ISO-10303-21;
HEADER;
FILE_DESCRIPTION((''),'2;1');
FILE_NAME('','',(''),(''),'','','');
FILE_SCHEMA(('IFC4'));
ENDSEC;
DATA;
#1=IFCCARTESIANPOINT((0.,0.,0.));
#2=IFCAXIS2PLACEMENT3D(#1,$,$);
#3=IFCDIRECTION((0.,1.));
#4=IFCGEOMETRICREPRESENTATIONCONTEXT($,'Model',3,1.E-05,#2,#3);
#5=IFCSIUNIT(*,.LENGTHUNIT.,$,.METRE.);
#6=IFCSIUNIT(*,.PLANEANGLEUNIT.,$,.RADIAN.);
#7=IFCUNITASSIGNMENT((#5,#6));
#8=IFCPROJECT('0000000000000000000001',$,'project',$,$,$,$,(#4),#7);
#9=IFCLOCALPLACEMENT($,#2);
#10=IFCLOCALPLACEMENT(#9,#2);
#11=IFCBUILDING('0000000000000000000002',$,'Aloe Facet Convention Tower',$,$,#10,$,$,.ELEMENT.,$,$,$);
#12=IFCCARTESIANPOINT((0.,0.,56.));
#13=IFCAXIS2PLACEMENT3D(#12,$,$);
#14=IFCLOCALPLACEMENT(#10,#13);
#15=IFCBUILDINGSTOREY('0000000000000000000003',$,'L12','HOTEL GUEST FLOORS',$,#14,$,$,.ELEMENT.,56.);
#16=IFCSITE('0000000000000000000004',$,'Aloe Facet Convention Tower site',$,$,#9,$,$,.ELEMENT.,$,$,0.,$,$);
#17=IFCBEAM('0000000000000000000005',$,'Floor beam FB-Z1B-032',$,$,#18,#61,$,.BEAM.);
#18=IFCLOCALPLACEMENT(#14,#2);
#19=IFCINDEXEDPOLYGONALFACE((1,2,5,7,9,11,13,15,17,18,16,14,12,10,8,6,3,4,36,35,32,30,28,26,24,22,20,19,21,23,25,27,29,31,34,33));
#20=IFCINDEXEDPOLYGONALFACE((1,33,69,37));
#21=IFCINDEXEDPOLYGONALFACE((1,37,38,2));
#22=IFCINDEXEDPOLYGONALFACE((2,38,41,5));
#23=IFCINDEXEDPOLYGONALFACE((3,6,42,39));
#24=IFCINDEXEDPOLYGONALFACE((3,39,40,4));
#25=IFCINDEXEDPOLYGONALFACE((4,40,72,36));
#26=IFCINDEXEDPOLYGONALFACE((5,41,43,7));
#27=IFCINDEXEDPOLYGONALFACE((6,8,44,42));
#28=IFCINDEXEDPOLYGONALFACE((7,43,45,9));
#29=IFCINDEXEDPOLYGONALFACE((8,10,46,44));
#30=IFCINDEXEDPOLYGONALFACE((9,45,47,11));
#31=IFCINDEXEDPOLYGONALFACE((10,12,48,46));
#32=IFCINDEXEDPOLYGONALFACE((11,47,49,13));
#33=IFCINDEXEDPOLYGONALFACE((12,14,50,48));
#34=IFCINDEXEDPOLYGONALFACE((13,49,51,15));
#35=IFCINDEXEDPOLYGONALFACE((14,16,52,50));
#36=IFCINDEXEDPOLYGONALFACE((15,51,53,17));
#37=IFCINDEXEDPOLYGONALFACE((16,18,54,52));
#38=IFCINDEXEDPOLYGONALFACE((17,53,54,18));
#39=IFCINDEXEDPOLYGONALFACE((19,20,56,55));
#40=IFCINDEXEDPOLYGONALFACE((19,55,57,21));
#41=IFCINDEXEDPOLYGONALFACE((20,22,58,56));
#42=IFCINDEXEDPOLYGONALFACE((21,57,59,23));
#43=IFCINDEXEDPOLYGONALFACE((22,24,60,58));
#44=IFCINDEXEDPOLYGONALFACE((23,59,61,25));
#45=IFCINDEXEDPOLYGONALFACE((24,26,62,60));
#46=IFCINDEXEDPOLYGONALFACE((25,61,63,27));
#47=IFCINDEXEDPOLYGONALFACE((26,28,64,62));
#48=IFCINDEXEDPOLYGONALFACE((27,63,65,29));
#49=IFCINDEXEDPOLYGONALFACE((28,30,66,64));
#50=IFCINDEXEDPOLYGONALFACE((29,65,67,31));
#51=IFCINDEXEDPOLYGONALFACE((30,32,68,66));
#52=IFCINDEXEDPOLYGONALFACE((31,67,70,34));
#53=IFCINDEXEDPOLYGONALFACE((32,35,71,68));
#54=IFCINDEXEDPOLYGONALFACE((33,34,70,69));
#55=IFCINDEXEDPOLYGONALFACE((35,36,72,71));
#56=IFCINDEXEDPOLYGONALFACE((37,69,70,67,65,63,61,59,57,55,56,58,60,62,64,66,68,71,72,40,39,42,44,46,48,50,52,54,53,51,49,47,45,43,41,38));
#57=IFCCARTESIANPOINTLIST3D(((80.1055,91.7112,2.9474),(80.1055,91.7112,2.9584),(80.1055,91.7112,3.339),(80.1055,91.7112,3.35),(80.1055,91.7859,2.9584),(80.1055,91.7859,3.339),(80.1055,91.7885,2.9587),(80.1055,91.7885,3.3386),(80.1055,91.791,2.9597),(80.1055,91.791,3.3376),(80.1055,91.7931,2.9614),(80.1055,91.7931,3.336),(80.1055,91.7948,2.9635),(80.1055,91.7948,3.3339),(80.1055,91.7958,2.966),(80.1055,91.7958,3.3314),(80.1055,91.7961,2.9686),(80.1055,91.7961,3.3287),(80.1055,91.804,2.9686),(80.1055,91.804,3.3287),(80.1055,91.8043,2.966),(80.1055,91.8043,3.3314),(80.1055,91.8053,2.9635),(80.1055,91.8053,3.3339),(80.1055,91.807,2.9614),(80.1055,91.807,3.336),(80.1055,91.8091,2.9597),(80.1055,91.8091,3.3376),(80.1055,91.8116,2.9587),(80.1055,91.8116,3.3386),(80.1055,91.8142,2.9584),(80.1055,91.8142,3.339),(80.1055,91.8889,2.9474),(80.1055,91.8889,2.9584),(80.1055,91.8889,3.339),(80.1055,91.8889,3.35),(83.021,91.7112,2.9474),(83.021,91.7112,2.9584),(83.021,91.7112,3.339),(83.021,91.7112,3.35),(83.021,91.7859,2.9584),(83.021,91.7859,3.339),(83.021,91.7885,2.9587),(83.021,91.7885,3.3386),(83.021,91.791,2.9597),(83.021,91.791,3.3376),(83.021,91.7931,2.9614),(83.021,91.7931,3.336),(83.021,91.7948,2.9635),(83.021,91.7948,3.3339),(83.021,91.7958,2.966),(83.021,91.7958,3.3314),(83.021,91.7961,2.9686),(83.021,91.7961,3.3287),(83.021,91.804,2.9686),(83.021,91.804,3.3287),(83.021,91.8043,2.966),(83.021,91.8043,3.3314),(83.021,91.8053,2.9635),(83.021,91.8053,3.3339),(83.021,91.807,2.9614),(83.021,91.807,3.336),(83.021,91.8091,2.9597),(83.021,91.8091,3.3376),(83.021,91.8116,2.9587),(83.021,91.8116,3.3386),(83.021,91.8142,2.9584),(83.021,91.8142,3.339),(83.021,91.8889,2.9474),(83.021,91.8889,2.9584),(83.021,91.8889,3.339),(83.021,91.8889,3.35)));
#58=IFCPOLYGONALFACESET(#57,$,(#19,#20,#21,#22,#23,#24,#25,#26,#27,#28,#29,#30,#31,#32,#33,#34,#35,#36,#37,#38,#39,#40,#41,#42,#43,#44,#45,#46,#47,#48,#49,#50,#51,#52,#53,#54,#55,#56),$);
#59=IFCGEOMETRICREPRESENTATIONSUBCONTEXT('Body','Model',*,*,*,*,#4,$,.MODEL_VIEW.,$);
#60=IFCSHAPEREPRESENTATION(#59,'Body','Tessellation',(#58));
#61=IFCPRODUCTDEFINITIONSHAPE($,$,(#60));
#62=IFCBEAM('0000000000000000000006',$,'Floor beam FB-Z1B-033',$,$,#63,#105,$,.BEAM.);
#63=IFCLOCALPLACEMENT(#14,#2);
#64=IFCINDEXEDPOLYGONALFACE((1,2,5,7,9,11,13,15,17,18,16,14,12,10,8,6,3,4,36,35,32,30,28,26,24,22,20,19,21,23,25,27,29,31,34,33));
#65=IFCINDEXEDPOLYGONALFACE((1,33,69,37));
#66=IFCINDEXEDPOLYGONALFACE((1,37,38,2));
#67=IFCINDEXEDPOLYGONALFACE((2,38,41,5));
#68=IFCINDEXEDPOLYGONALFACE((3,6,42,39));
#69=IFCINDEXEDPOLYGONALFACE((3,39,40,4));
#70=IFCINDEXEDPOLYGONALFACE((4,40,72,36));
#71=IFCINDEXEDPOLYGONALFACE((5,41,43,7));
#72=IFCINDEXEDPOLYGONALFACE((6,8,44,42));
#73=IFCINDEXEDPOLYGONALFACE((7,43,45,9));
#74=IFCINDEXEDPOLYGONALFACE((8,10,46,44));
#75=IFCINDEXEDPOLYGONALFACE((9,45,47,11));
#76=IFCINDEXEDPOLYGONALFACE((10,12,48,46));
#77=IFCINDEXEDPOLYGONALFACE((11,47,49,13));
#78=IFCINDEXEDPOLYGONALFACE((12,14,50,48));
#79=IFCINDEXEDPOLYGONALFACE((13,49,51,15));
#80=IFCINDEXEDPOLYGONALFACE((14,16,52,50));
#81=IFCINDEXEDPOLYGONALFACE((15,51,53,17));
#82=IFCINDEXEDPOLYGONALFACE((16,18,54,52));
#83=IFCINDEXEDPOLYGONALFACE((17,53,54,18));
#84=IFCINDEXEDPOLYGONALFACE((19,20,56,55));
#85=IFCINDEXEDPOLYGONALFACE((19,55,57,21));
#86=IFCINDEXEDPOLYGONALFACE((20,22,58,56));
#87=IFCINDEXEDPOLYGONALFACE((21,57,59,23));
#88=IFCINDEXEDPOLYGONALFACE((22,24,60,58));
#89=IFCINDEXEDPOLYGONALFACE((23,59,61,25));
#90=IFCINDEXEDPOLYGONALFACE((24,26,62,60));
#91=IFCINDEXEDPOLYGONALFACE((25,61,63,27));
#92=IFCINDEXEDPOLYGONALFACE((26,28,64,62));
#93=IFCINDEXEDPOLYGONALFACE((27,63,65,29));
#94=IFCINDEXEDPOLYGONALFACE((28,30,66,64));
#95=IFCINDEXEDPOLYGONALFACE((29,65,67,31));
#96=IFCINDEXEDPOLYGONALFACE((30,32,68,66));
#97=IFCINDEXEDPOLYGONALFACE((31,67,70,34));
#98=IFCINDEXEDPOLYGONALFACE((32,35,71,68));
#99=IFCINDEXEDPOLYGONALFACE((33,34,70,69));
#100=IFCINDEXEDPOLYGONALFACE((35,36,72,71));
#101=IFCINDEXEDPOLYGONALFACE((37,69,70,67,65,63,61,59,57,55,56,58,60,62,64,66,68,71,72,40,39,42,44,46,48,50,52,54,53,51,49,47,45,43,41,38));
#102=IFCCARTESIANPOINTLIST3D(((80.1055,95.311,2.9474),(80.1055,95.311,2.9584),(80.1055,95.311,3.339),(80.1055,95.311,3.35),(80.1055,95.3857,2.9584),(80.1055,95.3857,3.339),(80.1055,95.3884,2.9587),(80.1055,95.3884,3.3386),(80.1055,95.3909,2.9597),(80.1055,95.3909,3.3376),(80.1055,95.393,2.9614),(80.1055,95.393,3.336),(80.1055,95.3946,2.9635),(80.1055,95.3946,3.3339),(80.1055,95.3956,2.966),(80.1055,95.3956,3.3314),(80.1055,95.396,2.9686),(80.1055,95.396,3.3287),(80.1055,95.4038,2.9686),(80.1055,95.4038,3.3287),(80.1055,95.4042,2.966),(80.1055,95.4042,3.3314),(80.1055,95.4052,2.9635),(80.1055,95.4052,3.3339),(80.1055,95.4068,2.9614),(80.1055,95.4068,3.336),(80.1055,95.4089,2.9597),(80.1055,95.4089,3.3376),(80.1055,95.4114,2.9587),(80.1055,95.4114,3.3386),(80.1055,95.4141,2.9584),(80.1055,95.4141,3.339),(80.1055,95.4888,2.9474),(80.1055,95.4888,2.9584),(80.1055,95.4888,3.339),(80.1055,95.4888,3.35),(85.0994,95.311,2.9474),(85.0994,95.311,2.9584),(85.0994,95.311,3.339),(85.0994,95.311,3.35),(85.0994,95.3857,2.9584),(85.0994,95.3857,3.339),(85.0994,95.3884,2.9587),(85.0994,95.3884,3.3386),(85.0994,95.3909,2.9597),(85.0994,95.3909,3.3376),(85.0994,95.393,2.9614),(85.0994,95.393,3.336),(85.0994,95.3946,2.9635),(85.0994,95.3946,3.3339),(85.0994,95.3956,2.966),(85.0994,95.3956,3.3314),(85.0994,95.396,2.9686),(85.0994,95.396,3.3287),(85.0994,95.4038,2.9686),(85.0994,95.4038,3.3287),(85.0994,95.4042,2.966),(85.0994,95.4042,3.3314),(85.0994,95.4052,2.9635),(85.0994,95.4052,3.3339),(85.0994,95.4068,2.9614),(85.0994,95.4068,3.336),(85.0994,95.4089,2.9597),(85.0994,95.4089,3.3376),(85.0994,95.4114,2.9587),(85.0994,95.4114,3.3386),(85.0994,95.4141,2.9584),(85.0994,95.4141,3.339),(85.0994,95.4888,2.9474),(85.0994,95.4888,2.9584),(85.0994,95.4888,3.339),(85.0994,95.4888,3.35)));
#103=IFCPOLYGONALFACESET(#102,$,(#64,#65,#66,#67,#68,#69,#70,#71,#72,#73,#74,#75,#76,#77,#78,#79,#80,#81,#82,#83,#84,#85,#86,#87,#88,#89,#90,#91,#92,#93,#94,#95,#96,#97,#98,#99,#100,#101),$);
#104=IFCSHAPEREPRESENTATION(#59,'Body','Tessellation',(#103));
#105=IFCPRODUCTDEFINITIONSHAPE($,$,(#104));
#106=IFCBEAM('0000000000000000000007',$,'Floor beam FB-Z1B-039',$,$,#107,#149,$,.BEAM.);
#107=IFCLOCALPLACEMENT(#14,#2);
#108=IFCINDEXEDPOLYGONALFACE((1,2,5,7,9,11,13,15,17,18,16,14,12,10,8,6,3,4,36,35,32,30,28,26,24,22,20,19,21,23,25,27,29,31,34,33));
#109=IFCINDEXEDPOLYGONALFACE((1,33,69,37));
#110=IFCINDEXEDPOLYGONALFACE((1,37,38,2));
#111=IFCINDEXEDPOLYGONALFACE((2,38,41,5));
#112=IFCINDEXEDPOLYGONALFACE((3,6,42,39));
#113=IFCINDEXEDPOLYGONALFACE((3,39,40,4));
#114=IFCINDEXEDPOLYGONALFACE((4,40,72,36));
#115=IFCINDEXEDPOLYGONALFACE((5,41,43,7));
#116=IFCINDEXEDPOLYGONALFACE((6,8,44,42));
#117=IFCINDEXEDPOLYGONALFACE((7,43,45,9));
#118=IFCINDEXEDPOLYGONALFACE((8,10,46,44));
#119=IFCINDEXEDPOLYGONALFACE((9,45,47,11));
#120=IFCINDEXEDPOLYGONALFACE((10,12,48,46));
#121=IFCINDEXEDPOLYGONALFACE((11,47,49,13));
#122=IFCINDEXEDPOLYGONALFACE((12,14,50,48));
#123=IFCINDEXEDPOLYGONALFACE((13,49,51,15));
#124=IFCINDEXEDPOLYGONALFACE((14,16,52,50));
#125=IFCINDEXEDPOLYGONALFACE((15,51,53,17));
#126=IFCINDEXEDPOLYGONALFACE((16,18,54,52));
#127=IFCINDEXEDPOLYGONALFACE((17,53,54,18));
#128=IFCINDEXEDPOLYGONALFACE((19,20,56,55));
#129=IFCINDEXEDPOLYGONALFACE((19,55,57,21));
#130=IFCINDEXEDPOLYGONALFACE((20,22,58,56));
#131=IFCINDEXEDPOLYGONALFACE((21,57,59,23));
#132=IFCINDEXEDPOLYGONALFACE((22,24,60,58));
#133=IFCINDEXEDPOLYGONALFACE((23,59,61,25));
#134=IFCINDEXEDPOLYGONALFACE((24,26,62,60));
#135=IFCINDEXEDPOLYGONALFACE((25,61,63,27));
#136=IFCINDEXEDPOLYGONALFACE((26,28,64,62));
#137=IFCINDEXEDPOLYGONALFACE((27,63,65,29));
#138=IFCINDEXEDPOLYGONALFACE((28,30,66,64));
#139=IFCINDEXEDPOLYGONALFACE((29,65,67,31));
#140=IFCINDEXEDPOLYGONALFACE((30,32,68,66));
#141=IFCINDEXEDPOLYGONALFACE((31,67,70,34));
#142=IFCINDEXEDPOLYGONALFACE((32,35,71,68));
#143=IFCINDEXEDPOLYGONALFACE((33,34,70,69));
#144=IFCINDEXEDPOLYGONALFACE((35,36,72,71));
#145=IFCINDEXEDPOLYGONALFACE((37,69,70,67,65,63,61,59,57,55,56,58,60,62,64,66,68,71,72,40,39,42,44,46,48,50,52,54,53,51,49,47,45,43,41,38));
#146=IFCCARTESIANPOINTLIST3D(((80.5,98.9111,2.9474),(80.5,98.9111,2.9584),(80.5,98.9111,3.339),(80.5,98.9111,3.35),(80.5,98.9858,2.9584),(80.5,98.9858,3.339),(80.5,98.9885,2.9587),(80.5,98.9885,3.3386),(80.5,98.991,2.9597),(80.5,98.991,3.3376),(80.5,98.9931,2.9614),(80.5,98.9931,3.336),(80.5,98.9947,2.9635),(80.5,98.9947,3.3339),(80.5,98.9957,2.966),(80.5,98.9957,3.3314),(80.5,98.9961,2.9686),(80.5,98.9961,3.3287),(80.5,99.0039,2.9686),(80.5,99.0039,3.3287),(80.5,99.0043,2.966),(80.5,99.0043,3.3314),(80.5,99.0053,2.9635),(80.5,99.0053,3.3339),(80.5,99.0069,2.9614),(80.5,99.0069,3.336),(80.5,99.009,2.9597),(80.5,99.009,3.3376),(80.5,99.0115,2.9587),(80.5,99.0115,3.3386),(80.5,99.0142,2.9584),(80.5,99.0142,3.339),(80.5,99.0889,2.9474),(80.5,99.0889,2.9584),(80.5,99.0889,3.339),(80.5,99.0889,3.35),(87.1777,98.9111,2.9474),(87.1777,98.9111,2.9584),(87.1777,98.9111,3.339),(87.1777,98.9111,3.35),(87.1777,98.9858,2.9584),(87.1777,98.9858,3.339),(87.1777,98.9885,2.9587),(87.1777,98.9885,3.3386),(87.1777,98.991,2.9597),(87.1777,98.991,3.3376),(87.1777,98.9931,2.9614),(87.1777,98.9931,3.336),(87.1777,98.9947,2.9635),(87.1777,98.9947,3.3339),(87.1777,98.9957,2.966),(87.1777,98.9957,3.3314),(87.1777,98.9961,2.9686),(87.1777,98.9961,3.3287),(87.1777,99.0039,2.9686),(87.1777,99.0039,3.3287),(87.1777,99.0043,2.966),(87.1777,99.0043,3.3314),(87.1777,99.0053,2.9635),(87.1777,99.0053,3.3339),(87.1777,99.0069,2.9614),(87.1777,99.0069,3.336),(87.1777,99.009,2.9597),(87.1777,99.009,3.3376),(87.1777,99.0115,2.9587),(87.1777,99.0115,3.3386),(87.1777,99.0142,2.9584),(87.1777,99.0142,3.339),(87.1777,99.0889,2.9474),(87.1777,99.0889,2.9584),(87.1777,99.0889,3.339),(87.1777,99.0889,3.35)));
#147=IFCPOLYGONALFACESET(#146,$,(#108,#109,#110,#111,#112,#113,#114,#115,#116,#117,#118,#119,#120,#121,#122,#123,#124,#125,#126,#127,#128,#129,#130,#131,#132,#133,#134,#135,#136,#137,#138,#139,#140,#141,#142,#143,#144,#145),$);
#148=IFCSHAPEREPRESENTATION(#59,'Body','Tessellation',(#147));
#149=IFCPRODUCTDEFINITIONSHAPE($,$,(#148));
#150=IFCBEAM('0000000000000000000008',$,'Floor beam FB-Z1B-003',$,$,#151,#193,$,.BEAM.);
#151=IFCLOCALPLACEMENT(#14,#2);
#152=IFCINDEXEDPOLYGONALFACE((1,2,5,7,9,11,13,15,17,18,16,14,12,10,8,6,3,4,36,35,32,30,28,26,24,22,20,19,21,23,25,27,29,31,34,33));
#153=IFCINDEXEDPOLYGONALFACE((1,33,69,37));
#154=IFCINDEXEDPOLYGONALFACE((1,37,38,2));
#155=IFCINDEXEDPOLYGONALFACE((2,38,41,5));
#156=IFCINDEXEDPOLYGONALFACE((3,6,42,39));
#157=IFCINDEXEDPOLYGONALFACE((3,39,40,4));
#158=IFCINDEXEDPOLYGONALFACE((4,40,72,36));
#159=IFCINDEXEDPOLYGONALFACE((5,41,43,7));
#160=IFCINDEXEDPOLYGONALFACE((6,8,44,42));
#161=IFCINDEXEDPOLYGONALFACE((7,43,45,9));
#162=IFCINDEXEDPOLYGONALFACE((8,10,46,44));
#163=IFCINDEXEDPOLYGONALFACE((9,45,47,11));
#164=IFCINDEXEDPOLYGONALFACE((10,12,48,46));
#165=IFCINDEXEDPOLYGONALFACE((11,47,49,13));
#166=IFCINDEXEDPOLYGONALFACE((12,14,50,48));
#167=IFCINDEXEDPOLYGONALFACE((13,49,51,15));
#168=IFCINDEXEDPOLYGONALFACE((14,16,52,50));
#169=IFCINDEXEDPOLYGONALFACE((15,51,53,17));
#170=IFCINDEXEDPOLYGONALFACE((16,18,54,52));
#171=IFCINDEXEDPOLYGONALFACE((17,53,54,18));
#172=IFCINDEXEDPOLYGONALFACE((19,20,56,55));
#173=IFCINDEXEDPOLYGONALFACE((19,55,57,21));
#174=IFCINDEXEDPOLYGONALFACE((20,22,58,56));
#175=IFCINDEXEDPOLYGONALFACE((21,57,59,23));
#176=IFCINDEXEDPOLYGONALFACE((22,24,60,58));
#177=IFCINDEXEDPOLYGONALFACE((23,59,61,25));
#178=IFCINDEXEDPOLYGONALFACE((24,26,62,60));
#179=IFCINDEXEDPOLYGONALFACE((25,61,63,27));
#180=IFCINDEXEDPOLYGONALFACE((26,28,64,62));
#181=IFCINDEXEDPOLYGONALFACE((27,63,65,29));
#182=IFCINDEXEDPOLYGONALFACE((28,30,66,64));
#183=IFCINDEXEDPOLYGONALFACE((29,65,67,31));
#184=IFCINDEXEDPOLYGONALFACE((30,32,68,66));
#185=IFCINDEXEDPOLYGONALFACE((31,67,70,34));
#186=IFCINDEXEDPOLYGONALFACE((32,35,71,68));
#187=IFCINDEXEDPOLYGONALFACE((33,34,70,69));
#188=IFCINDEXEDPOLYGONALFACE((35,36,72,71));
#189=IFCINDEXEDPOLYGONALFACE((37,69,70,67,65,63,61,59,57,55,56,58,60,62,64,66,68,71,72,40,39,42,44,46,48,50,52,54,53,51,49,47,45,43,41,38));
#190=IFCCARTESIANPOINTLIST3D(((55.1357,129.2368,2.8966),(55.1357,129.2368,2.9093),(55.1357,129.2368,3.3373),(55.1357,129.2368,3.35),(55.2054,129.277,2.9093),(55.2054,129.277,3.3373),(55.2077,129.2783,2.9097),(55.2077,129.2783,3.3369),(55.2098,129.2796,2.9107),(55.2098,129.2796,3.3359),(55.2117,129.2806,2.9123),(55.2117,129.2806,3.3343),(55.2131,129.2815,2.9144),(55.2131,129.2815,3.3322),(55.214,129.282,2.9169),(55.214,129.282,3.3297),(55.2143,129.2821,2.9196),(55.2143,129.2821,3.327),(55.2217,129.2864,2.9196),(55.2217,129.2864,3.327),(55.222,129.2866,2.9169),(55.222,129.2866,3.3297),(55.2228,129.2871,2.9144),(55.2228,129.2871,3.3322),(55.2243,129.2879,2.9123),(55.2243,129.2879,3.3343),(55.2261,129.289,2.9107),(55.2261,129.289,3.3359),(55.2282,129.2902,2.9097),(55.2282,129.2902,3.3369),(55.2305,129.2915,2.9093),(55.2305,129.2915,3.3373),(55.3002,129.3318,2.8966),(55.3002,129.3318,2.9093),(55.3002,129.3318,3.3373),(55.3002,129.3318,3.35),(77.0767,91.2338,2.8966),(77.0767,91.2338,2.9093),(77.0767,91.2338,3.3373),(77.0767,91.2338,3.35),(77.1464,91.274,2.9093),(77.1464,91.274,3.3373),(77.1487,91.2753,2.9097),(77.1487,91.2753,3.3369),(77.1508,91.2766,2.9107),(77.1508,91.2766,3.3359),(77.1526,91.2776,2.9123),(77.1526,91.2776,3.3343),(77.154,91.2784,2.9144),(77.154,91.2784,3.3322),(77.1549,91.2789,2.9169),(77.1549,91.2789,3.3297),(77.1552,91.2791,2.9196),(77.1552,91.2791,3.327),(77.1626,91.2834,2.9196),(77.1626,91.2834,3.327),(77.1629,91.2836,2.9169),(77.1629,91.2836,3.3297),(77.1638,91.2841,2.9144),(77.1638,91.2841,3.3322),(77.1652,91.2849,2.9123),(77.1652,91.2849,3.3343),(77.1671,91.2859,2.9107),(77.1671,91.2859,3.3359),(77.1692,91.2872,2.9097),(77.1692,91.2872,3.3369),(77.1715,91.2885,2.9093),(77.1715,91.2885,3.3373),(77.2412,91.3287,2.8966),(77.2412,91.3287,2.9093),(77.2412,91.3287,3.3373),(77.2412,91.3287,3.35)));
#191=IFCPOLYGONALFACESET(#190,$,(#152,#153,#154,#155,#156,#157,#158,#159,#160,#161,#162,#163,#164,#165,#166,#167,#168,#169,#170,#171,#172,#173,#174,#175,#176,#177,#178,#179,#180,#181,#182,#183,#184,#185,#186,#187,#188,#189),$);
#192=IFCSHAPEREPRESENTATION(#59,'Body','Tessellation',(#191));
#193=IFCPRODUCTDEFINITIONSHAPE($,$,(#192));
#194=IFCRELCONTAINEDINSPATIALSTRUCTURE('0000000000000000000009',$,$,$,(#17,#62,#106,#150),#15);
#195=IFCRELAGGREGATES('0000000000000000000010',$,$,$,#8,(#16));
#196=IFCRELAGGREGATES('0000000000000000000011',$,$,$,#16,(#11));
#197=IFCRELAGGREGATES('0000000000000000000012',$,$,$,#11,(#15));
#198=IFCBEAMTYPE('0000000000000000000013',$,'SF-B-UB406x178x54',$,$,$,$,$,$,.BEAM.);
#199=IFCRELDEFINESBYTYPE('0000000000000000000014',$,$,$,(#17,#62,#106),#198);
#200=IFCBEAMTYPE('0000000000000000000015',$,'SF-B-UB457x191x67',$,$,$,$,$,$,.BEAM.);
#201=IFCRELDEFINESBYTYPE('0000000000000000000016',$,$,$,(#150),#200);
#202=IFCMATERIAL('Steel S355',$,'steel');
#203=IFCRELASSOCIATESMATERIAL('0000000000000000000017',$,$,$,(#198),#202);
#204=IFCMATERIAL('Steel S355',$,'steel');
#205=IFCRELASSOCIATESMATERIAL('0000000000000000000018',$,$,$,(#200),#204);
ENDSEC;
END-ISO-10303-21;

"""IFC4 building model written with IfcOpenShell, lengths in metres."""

from ifc_helpers import new_model, si_unit, direction, frame, origin, origin_2d, place, context, subcontext, project, spatial, i_section, extrude, material, material_profile, profile_set, type_object, element, save


model = new_model("IFC4")

# Units and contexts
model_context = context("Model", 3, precision=1e-05, world=origin(), true_north=direction((0.0, 1.0)))
body_context = subcontext(model_context, "Body", "Model", "MODEL_VIEW")
ifc_project = project(units=[si_unit("LENGTHUNIT", "METRE"), si_unit("PLANEANGLEUNIT", "RADIAN")], contexts=[model_context])

# Site, building, storey
site_placement = place(None, origin())
site = spatial("IfcSite", under=ifc_project, at=site_placement, Name="Aloe Facet Convention Tower site", CompositionType="ELEMENT", RefElevation=0.0)
building_placement = place(site_placement, origin())
building = spatial("IfcBuilding", under=site, at=building_placement, Name="Aloe Facet Convention Tower", CompositionType="ELEMENT")
storey_placement = place(building_placement, frame((0.0, 0.0, 56.0)))
storey = spatial("IfcBuildingStorey", under=building, at=storey_placement, Name="L12", Description="HOTEL GUEST FLOORS", CompositionType="ELEMENT", Elevation=56.0)

# Beams
ifc_material_1 = material(Name="Steel S355", Category="steel")
ifc_material_profile_1 = material_profile(ifc_material_1, i_section(OverallWidth=0.1777, OverallDepth=0.4026, WebThickness=0.0078, FlangeThickness=0.011, FilletRadius=0.0103, at=origin_2d()), Name="UB 406x178x54")
ifc_profile_set_1 = profile_set([ifc_material_profile_1], Name="Steel S355")
beam_type_1 = type_object("IfcBeamType", Name="SF-B-UB406x178x54", PredefinedType="BEAM", material=ifc_profile_set_1)
for number, where, z_axis, x_axis, name in (
    (1, (80.1055, 91.8, 3.1487), (1.0, 0.0, 0.0), (0.0, 1.0, 0.0), "Floor beam FB-Z1B-032"),
):
    element("IfcBeam", number, at=place(storey_placement, frame(where, z_axis=z_axis, x_axis=x_axis)), inside=storey, type_object=beam_type_1, Name=name, PredefinedType="BEAM", context=body_context, shape_type="SweptSolid", body=[
        extrude(i_section(OverallWidth=0.1777, OverallDepth=0.4026, WebThickness=0.0078, FlangeThickness=0.011, FilletRadius=0.0103, at=origin_2d()), origin(), (0.0, 0.0, 1.0), 2.9155),
    ])
beam_1_placement = place(storey_placement, frame((80.1055, 95.3999, 3.1487), z_axis=(1.0, 0.0, 0.0), x_axis=(0.0, 1.0, 0.0)))
element("IfcBeam", 2, at=beam_1_placement, inside=storey, type_object=beam_type_1, Name="Floor beam FB-Z1B-033", PredefinedType="BEAM", context=body_context, shape_type="SweptSolid", body=[
    extrude(i_section(OverallWidth=0.1777, OverallDepth=0.4026, WebThickness=0.0078, FlangeThickness=0.011, FilletRadius=0.0103, at=origin_2d()), origin(), (0.0, 0.0, 1.0), 4.9939),
])
beam_2_placement = place(storey_placement, frame((80.5, 99.0, 3.1487), z_axis=(1.0, 0.0, 0.0), x_axis=(0.0, 1.0, 0.0)))
element("IfcBeam", 3, at=beam_2_placement, inside=storey, type_object=beam_type_1, Name="Floor beam FB-Z1B-039", PredefinedType="BEAM", context=body_context, shape_type="SweptSolid", body=[
    extrude(i_section(OverallWidth=0.1777, OverallDepth=0.4026, WebThickness=0.0078, FlangeThickness=0.011, FilletRadius=0.0103, at=origin_2d()), origin(), (0.0, 0.0, 1.0), 6.6777),
])
ifc_material_2 = material(Name="Steel S355", Category="steel")
ifc_material_profile_2 = material_profile(ifc_material_2, i_section(OverallWidth=0.1899, OverallDepth=0.4534, WebThickness=0.0085, FlangeThickness=0.0127, FilletRadius=0.0103, at=origin_2d()), Name="UB 457x191x67")
ifc_profile_set_2 = profile_set([ifc_material_profile_2], Name="Steel S355")
beam_type_2 = type_object("IfcBeamType", Name="SF-B-UB457x191x67", PredefinedType="BEAM", material=ifc_profile_set_2)
beam_3_placement = place(storey_placement, frame((77.1589, 91.2812, 3.1233), z_axis=(-0.499999, 0.866026, 0.0), x_axis=(-0.866026, -0.499999, 0.0)))
element("IfcBeam", 4, at=beam_3_placement, inside=storey, type_object=beam_type_2, Name="Floor beam FB-Z1B-003", PredefinedType="BEAM", context=body_context, shape_type="SweptSolid", body=[
    extrude(i_section(OverallWidth=0.1899, OverallDepth=0.4534, WebThickness=0.0085, FlangeThickness=0.0127, FilletRadius=0.0103, at=origin_2d()), origin(), (0.0, 0.0, 1.0), 43.8821),
])

save(model, "model.ifc")
